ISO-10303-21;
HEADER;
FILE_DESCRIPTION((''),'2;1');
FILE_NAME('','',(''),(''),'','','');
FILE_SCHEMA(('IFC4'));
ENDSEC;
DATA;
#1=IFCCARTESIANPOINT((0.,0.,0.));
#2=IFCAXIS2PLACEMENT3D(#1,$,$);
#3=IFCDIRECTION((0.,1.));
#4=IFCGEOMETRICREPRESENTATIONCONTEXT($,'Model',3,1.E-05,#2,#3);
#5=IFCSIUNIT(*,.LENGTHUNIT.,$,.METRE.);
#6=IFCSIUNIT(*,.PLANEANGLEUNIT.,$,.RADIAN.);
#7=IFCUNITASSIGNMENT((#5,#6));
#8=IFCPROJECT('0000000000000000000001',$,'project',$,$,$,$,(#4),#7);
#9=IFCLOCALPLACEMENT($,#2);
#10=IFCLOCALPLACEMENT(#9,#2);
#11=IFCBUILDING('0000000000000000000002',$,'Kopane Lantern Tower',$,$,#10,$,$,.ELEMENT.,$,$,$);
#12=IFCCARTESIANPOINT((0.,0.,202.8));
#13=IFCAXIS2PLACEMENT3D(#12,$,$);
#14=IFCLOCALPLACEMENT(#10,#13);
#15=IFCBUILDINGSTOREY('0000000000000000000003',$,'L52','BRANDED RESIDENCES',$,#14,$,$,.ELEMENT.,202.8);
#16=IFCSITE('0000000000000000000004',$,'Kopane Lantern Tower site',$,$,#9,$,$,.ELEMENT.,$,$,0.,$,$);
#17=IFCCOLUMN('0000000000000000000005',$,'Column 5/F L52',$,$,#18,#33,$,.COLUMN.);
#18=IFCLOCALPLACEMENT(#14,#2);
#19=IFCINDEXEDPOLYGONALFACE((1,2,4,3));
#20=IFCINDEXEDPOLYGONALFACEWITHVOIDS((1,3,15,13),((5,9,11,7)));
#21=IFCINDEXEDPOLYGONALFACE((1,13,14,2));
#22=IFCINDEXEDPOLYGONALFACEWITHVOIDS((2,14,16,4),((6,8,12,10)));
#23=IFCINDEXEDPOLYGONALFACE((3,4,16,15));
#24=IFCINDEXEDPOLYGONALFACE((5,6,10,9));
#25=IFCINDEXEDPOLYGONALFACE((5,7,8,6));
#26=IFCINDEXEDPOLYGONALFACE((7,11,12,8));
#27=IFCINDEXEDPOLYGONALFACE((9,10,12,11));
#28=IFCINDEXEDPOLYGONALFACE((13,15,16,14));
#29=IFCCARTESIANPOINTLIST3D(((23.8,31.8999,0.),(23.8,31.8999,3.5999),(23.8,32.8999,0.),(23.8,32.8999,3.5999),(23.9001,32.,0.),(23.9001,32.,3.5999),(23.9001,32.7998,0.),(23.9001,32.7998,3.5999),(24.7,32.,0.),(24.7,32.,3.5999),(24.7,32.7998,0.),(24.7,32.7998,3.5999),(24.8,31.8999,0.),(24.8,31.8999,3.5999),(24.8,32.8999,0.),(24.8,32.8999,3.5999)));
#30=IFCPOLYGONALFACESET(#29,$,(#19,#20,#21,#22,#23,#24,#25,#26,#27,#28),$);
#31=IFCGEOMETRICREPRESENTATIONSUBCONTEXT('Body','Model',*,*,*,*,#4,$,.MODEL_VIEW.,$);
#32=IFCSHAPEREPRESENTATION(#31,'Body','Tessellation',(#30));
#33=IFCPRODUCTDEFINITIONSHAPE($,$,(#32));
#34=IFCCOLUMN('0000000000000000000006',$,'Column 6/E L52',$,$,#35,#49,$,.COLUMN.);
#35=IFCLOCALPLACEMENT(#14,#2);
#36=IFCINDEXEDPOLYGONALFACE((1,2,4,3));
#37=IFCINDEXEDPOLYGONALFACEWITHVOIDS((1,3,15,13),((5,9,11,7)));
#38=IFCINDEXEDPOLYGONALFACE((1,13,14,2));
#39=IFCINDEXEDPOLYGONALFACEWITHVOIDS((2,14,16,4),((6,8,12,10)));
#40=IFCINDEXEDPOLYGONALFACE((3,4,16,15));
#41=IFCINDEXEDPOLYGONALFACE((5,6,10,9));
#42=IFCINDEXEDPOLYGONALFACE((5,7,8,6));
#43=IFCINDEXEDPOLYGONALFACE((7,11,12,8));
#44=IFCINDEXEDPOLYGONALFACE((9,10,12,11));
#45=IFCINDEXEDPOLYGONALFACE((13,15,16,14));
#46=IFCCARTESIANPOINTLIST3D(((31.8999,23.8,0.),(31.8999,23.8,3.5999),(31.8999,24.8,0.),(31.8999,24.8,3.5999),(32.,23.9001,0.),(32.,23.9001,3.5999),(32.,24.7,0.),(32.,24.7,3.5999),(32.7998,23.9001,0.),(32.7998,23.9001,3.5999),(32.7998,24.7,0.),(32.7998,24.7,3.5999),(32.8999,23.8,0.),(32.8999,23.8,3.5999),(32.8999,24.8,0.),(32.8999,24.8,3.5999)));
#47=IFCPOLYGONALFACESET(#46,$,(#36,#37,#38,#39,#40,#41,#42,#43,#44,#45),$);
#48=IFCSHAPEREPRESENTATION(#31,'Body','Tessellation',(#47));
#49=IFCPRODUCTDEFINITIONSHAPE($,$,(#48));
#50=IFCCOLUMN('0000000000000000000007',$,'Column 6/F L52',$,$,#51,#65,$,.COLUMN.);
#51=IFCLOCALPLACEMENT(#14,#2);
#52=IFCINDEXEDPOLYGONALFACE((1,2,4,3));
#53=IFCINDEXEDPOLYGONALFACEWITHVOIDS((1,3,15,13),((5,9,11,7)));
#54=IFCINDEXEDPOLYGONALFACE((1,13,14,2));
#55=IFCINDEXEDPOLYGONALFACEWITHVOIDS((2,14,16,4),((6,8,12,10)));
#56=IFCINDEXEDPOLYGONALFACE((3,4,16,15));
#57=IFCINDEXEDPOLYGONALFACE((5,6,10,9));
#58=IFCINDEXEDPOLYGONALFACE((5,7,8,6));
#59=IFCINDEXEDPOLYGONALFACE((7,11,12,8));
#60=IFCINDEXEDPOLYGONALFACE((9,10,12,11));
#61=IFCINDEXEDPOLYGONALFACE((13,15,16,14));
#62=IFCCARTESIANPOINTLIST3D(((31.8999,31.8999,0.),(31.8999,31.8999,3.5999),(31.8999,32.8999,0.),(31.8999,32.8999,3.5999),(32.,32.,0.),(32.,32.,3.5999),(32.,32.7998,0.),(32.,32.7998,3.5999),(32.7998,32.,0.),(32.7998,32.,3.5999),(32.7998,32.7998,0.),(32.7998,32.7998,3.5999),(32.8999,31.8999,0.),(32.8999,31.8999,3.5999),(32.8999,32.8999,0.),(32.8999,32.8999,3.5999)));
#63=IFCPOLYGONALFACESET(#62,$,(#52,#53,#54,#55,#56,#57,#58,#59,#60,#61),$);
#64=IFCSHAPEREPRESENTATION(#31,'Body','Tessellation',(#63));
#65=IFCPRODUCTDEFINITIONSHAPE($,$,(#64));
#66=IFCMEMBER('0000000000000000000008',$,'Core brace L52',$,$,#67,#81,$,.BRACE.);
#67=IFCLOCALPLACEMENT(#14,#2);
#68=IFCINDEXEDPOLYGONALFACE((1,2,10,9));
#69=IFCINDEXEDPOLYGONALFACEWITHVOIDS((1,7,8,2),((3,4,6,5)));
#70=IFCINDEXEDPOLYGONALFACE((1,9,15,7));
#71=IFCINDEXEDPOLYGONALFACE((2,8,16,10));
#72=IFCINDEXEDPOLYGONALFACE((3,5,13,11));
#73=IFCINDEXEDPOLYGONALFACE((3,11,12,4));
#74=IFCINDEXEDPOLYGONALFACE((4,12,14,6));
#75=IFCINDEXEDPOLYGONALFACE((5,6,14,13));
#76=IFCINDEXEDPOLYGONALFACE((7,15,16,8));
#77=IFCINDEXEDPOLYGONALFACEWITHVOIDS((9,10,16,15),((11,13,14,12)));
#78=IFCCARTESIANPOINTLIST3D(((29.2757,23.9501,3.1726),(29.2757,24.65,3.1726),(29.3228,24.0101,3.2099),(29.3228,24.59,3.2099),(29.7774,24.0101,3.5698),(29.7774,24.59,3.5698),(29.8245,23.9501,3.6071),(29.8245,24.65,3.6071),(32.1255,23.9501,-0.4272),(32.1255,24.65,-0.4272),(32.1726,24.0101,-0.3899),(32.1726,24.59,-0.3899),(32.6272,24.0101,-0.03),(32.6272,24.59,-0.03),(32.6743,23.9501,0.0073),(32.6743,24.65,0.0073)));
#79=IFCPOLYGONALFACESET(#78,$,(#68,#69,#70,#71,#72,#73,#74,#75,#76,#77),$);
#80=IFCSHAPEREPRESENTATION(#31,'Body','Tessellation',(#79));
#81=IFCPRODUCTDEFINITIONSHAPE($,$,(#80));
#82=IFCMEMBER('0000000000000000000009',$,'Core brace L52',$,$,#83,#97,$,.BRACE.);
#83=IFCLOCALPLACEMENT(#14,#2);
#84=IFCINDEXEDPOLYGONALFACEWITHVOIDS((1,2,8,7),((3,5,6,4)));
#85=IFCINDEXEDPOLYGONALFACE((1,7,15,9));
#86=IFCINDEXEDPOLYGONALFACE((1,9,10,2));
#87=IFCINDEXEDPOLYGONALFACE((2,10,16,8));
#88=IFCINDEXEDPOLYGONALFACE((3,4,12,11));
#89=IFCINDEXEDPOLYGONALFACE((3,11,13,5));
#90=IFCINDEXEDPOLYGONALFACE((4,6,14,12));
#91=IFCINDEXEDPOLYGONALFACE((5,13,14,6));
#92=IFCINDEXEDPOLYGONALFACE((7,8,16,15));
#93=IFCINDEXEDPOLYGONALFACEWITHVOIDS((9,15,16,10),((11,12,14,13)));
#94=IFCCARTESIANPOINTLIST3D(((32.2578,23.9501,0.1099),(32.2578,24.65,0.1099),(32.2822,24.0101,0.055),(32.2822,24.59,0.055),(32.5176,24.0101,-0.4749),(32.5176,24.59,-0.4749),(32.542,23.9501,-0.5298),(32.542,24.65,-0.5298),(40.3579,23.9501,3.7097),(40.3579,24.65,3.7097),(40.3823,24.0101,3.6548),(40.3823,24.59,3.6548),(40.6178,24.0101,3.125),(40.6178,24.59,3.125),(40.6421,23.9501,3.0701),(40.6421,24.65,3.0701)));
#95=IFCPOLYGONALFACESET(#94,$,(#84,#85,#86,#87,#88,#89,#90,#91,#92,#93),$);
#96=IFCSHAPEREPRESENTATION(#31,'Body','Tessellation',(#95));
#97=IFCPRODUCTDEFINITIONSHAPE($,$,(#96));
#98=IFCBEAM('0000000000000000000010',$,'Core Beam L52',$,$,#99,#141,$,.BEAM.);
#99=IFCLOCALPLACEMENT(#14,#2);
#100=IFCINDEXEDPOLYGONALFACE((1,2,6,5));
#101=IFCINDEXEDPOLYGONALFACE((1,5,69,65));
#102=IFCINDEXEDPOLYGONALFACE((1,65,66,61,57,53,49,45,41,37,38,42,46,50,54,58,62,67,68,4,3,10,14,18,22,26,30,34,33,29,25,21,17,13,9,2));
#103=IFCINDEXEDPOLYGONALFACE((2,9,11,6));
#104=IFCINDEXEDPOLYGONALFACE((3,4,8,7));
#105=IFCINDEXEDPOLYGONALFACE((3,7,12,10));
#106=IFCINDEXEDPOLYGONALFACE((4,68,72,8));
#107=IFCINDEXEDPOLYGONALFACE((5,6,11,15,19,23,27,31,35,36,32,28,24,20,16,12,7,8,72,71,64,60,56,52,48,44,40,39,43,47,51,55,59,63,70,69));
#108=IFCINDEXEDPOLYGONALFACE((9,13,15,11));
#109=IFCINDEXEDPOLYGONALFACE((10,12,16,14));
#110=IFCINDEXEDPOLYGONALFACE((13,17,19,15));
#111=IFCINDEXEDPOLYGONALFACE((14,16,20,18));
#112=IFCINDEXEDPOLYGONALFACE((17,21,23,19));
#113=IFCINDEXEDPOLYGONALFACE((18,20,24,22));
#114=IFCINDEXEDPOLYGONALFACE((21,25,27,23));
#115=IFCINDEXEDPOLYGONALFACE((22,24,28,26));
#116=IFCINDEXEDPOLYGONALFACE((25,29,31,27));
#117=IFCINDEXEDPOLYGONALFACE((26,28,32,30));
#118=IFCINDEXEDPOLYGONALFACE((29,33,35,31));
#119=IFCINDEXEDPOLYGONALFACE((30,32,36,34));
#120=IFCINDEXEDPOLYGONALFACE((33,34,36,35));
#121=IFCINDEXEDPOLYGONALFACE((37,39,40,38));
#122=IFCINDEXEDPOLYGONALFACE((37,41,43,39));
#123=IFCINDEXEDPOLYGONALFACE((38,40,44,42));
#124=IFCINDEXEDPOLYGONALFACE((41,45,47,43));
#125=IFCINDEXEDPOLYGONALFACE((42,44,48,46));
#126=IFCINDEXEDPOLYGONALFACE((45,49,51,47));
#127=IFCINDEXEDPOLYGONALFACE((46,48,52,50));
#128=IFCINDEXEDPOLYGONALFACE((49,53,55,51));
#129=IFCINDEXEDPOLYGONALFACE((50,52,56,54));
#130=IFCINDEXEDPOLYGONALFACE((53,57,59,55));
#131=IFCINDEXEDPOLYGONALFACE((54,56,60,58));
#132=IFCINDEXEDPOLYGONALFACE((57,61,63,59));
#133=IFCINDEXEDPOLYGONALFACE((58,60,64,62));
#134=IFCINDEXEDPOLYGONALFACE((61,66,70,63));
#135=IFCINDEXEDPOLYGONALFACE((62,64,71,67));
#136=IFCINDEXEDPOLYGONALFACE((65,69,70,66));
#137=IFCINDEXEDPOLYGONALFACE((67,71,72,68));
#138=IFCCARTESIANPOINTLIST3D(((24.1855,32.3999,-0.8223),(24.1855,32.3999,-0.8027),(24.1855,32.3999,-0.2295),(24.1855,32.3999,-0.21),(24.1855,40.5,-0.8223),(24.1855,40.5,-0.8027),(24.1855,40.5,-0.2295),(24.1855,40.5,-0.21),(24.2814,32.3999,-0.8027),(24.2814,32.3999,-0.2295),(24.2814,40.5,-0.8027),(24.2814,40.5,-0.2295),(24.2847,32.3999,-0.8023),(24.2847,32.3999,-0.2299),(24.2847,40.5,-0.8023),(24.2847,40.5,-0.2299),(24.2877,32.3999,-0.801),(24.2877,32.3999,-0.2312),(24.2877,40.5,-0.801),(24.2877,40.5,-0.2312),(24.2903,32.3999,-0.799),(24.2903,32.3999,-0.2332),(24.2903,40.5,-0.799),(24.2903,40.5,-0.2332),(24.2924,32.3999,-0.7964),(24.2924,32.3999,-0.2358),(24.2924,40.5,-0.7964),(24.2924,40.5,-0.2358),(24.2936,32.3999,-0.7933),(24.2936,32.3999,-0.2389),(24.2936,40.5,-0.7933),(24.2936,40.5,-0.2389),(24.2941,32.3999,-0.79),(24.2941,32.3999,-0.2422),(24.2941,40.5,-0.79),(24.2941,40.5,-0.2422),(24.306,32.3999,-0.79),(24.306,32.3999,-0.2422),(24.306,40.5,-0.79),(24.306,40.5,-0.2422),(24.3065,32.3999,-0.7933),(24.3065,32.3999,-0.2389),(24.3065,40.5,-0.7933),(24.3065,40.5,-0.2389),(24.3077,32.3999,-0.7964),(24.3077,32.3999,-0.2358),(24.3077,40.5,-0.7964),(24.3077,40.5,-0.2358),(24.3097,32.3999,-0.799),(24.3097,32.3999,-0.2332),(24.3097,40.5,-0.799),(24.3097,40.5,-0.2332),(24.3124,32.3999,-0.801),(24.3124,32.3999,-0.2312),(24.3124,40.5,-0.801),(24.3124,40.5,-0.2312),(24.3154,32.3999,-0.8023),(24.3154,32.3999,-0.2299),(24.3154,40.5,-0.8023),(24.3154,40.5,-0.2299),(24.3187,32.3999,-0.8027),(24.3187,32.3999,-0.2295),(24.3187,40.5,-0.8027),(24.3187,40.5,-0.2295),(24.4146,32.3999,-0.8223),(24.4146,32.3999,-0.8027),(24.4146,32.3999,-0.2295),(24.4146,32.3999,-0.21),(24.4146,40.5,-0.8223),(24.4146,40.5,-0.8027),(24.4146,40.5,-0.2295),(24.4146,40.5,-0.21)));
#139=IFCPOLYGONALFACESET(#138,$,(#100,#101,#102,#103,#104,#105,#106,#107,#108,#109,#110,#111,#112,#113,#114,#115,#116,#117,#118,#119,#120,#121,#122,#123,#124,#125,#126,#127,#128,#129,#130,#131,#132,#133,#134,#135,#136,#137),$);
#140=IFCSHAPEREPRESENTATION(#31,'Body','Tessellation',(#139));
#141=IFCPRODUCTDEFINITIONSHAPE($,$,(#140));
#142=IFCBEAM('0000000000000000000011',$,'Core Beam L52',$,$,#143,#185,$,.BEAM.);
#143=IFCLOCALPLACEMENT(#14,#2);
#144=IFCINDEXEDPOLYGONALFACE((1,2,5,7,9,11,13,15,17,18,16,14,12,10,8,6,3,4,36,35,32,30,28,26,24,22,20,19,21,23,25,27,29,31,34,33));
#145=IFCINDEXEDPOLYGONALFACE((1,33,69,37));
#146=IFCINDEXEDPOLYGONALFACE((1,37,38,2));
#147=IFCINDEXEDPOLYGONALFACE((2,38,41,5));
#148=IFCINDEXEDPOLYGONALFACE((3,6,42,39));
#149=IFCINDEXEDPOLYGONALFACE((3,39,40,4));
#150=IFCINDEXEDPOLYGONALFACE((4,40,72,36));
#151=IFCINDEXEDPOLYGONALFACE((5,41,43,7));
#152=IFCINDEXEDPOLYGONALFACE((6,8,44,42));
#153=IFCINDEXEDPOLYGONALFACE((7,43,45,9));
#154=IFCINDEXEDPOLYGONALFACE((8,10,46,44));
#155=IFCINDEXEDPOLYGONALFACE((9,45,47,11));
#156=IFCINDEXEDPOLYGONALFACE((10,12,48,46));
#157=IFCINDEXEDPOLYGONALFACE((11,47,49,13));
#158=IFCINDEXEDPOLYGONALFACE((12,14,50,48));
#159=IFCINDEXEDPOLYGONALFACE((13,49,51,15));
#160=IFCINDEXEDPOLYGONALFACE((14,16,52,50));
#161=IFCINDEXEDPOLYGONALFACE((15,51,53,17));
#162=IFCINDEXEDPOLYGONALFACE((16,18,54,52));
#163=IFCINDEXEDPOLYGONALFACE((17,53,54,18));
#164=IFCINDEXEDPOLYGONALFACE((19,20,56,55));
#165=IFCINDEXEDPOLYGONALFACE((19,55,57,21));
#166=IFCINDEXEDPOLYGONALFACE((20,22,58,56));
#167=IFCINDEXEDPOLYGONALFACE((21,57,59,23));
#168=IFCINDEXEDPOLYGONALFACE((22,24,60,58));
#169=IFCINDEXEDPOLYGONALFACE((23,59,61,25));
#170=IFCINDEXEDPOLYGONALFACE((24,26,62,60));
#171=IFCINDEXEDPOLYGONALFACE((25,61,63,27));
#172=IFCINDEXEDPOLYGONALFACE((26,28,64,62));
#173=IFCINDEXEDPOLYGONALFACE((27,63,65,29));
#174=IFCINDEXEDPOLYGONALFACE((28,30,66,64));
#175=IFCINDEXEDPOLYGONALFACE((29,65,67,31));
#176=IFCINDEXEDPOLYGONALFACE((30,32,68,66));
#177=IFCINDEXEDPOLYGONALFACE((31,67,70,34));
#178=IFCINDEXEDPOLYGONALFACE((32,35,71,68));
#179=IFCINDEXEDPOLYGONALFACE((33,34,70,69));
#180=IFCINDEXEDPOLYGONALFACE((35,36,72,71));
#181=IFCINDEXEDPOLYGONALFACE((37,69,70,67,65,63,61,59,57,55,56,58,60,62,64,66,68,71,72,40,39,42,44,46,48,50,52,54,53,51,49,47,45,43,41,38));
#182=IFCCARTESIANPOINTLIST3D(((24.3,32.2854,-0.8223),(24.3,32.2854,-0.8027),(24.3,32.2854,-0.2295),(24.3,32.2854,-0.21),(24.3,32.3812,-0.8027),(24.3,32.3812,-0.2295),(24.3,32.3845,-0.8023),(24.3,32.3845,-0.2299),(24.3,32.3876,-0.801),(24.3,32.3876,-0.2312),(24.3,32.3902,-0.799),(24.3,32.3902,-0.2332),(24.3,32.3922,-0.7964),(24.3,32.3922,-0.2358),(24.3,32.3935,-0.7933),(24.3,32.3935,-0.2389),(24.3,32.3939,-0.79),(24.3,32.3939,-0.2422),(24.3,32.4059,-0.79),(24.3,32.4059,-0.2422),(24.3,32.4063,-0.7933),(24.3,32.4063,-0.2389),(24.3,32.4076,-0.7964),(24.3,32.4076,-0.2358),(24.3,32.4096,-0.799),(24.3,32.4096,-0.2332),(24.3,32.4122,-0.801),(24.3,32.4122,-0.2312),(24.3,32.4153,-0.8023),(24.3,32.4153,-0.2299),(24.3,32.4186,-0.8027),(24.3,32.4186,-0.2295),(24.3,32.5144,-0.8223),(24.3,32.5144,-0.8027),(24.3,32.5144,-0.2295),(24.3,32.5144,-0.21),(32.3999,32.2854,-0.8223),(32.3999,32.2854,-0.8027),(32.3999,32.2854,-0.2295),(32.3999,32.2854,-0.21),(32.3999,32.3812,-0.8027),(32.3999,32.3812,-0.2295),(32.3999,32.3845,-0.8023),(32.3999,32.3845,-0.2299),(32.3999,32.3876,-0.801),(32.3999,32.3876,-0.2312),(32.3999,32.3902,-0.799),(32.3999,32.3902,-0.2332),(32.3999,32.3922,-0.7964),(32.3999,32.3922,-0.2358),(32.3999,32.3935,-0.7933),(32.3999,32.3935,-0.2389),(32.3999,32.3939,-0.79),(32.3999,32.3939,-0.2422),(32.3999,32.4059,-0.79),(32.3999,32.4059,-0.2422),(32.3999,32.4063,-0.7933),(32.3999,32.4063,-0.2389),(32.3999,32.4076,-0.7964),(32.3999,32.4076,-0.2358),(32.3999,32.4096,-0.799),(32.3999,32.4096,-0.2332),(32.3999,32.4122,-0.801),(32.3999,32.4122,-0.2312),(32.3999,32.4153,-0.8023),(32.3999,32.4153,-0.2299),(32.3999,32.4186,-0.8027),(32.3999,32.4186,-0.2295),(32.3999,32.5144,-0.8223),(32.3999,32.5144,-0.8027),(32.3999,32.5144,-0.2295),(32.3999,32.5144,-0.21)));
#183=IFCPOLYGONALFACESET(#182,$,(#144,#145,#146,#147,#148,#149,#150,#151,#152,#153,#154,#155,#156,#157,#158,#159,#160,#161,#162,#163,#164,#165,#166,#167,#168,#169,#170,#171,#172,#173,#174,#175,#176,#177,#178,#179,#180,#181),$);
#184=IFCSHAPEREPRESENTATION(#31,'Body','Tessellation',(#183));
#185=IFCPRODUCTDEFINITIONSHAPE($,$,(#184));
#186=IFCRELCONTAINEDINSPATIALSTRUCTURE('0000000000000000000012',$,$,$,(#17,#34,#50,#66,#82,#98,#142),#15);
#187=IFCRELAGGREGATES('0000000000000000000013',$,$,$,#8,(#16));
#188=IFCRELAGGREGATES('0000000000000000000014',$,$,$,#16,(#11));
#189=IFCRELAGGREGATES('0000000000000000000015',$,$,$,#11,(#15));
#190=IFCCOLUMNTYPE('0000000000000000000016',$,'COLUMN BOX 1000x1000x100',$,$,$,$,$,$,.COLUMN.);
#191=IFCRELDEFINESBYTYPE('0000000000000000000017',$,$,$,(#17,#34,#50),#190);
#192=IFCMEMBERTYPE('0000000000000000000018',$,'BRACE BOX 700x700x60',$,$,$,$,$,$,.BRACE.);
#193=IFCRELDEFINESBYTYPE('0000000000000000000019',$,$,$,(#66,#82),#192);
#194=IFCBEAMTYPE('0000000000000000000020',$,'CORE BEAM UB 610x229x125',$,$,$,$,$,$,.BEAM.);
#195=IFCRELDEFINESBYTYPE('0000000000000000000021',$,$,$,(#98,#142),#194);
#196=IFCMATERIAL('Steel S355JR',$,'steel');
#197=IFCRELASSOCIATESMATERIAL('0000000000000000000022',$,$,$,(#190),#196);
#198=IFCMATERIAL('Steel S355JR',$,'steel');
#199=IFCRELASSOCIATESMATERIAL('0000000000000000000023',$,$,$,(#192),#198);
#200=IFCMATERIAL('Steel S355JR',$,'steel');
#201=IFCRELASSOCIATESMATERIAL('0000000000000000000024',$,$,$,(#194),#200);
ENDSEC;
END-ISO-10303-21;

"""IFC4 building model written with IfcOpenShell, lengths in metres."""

from ifc_helpers import new_model, si_unit, direction, frame, origin, origin_2d, place, context, subcontext, project, spatial, hollow_rectangle, i_section, extrude, material, material_profile, profile_set, type_object, element, save


model = new_model("IFC4")

# Units and contexts
model_context = context("Model", 3, precision=1e-05, world=origin(), true_north=direction((0.0, 1.0)))
body_context = subcontext(model_context, "Body", "Model", "MODEL_VIEW")
ifc_project = project(units=[si_unit("LENGTHUNIT", "METRE"), si_unit("PLANEANGLEUNIT", "RADIAN")], contexts=[model_context])

# Site, building, storey
site_placement = place(None, origin())
site = spatial("IfcSite", under=ifc_project, at=site_placement, Name="Kopane Lantern Tower site", CompositionType="ELEMENT", RefElevation=0.0)
building_placement = place(site_placement, origin())
building = spatial("IfcBuilding", under=site, at=building_placement, Name="Kopane Lantern Tower", CompositionType="ELEMENT")
storey_placement = place(building_placement, frame((0.0, 0.0, 202.8)))
storey = spatial("IfcBuildingStorey", under=building, at=storey_placement, Name="L52", Description="BRANDED RESIDENCES", CompositionType="ELEMENT", Elevation=202.8)

# Columns
ifc_material_1 = material(Name="Steel S355JR", Category="steel")
ifc_material_profile_1 = material_profile(ifc_material_1, hollow_rectangle(XDim=1.0, YDim=1.0, WallThickness=0.1001, at=origin_2d()), Name="BOX 1000x1000x100")
ifc_profile_set_1 = profile_set([ifc_material_profile_1], Name="Steel S355JR")
column_type = type_object("IfcColumnType", Name="COLUMN BOX 1000x1000x100", PredefinedType="COLUMN", material=ifc_profile_set_1)
for number, where, z_axis, x_axis, name in (
    (1, (24.3, 32.3999, 0.0), (0.0, 0.0, 1.0), (1.0, 0.0, 0.0), "Column 5/F L52"),
    (2, (32.3999, 24.3, 0.0), (0.0, 0.0, 1.0), (1.0, 0.0, 0.0), "Column 6/E L52"),
    (3, (32.3999, 32.3999, 0.0), (0.0, 0.0, 1.0), (1.0, 0.0, 0.0), "Column 6/F L52"),
):
    element("IfcColumn", number, at=place(storey_placement, frame(where, z_axis=z_axis, x_axis=x_axis)), inside=storey, type_object=column_type, Name=name, PredefinedType="COLUMN", context=body_context, shape_type="SweptSolid", body=[
        extrude(hollow_rectangle(XDim=1.0, YDim=1.0, WallThickness=0.1001, at=origin_2d()), origin(), (0.0, 0.0, 1.0), 3.5999),
    ])

# Members
ifc_material_2 = material(Name="Steel S355JR", Category="steel")
ifc_material_profile_2 = material_profile(ifc_material_2, hollow_rectangle(XDim=0.7, YDim=0.7, WallThickness=0.0601, at=origin_2d()), Name="BOX 700x700x60")
ifc_profile_set_2 = profile_set([ifc_material_profile_2], Name="Steel S355JR")
member_type = type_object("IfcMemberType", Name="BRACE BOX 700x700x60", PredefinedType="BRACE", material=ifc_profile_set_2)
member_1_placement = place(storey_placement, frame((32.3999, 24.3, -0.21), z_axis=(-0.620699, 0.0, 0.784049), x_axis=(0.0, -1.0, 0.0)))
element("IfcMember", 4, at=member_1_placement, inside=storey, type_object=member_type, Name="Core brace L52", PredefinedType="BRACE", context=body_context, shape_type="SweptSolid", body=[
    extrude(hollow_rectangle(XDim=0.7, YDim=0.7, WallThickness=0.0601, at=origin_2d()), origin(), (0.0, 0.0, 1.0), 4.5913),
])
member_2_placement = place(storey_placement, frame((32.3999, 24.3, -0.21), z_axis=(0.913819, 0.0, 0.406121), x_axis=(0.0, 1.0, 0.0)))
element("IfcMember", 5, at=member_2_placement, inside=storey, type_object=member_type, Name="Core brace L52", PredefinedType="BRACE", context=body_context, shape_type="SweptSolid", body=[
    extrude(hollow_rectangle(XDim=0.7, YDim=0.7, WallThickness=0.0601, at=origin_2d()), origin(), (0.0, 0.0, 1.0), 8.864),
])

# Beams
ifc_material_3 = material(Name="Steel S355JR", Category="steel")
ifc_material_profile_3 = material_profile(ifc_material_3, i_section(OverallWidth=0.229, OverallDepth=0.6123, WebThickness=0.012, FlangeThickness=0.0195, FilletRadius=0.0127, at=origin_2d()), Name="UB 610x229x125")
ifc_profile_set_3 = profile_set([ifc_material_profile_3], Name="Steel S355JR")
beam_type_1 = type_object("IfcBeamType", Name="CORE BEAM UB 610x229x125", PredefinedType="BEAM", material=ifc_profile_set_3)
beam_1_placement = place(storey_placement, frame((24.3, 32.3999, -0.5161), z_axis=(0.0, 1.0, 0.0), x_axis=(-1.0, 0.0, 0.0)))
element("IfcBeam", 6, at=beam_1_placement, inside=storey, type_object=beam_type_1, Name="Core Beam L52", PredefinedType="BEAM", context=body_context, shape_type="SweptSolid", body=[
    extrude(i_section(OverallWidth=0.229, OverallDepth=0.6123, WebThickness=0.012, FlangeThickness=0.0195, FilletRadius=0.0127, at=origin_2d()), origin(), (0.0, 0.0, 1.0), 8.1001),
])
for number, where, z_axis, x_axis, name in (
    (7, (24.3, 32.3999, -0.5161), (1.0, 0.0, 0.0), (0.0, 1.0, 0.0), "Core Beam L52"),
):
    element("IfcBeam", number, at=place(storey_placement, frame(where, z_axis=z_axis, x_axis=x_axis)), inside=storey, type_object=beam_type_1, Name=name, PredefinedType="BEAM", context=body_context, shape_type="SweptSolid", body=[
        extrude(i_section(OverallWidth=0.229, OverallDepth=0.6123, WebThickness=0.012, FlangeThickness=0.0195, FilletRadius=0.0127, at=origin_2d()), origin(), (0.0, 0.0, 1.0), 8.0999),
    ])

save(model, "model.ifc")
